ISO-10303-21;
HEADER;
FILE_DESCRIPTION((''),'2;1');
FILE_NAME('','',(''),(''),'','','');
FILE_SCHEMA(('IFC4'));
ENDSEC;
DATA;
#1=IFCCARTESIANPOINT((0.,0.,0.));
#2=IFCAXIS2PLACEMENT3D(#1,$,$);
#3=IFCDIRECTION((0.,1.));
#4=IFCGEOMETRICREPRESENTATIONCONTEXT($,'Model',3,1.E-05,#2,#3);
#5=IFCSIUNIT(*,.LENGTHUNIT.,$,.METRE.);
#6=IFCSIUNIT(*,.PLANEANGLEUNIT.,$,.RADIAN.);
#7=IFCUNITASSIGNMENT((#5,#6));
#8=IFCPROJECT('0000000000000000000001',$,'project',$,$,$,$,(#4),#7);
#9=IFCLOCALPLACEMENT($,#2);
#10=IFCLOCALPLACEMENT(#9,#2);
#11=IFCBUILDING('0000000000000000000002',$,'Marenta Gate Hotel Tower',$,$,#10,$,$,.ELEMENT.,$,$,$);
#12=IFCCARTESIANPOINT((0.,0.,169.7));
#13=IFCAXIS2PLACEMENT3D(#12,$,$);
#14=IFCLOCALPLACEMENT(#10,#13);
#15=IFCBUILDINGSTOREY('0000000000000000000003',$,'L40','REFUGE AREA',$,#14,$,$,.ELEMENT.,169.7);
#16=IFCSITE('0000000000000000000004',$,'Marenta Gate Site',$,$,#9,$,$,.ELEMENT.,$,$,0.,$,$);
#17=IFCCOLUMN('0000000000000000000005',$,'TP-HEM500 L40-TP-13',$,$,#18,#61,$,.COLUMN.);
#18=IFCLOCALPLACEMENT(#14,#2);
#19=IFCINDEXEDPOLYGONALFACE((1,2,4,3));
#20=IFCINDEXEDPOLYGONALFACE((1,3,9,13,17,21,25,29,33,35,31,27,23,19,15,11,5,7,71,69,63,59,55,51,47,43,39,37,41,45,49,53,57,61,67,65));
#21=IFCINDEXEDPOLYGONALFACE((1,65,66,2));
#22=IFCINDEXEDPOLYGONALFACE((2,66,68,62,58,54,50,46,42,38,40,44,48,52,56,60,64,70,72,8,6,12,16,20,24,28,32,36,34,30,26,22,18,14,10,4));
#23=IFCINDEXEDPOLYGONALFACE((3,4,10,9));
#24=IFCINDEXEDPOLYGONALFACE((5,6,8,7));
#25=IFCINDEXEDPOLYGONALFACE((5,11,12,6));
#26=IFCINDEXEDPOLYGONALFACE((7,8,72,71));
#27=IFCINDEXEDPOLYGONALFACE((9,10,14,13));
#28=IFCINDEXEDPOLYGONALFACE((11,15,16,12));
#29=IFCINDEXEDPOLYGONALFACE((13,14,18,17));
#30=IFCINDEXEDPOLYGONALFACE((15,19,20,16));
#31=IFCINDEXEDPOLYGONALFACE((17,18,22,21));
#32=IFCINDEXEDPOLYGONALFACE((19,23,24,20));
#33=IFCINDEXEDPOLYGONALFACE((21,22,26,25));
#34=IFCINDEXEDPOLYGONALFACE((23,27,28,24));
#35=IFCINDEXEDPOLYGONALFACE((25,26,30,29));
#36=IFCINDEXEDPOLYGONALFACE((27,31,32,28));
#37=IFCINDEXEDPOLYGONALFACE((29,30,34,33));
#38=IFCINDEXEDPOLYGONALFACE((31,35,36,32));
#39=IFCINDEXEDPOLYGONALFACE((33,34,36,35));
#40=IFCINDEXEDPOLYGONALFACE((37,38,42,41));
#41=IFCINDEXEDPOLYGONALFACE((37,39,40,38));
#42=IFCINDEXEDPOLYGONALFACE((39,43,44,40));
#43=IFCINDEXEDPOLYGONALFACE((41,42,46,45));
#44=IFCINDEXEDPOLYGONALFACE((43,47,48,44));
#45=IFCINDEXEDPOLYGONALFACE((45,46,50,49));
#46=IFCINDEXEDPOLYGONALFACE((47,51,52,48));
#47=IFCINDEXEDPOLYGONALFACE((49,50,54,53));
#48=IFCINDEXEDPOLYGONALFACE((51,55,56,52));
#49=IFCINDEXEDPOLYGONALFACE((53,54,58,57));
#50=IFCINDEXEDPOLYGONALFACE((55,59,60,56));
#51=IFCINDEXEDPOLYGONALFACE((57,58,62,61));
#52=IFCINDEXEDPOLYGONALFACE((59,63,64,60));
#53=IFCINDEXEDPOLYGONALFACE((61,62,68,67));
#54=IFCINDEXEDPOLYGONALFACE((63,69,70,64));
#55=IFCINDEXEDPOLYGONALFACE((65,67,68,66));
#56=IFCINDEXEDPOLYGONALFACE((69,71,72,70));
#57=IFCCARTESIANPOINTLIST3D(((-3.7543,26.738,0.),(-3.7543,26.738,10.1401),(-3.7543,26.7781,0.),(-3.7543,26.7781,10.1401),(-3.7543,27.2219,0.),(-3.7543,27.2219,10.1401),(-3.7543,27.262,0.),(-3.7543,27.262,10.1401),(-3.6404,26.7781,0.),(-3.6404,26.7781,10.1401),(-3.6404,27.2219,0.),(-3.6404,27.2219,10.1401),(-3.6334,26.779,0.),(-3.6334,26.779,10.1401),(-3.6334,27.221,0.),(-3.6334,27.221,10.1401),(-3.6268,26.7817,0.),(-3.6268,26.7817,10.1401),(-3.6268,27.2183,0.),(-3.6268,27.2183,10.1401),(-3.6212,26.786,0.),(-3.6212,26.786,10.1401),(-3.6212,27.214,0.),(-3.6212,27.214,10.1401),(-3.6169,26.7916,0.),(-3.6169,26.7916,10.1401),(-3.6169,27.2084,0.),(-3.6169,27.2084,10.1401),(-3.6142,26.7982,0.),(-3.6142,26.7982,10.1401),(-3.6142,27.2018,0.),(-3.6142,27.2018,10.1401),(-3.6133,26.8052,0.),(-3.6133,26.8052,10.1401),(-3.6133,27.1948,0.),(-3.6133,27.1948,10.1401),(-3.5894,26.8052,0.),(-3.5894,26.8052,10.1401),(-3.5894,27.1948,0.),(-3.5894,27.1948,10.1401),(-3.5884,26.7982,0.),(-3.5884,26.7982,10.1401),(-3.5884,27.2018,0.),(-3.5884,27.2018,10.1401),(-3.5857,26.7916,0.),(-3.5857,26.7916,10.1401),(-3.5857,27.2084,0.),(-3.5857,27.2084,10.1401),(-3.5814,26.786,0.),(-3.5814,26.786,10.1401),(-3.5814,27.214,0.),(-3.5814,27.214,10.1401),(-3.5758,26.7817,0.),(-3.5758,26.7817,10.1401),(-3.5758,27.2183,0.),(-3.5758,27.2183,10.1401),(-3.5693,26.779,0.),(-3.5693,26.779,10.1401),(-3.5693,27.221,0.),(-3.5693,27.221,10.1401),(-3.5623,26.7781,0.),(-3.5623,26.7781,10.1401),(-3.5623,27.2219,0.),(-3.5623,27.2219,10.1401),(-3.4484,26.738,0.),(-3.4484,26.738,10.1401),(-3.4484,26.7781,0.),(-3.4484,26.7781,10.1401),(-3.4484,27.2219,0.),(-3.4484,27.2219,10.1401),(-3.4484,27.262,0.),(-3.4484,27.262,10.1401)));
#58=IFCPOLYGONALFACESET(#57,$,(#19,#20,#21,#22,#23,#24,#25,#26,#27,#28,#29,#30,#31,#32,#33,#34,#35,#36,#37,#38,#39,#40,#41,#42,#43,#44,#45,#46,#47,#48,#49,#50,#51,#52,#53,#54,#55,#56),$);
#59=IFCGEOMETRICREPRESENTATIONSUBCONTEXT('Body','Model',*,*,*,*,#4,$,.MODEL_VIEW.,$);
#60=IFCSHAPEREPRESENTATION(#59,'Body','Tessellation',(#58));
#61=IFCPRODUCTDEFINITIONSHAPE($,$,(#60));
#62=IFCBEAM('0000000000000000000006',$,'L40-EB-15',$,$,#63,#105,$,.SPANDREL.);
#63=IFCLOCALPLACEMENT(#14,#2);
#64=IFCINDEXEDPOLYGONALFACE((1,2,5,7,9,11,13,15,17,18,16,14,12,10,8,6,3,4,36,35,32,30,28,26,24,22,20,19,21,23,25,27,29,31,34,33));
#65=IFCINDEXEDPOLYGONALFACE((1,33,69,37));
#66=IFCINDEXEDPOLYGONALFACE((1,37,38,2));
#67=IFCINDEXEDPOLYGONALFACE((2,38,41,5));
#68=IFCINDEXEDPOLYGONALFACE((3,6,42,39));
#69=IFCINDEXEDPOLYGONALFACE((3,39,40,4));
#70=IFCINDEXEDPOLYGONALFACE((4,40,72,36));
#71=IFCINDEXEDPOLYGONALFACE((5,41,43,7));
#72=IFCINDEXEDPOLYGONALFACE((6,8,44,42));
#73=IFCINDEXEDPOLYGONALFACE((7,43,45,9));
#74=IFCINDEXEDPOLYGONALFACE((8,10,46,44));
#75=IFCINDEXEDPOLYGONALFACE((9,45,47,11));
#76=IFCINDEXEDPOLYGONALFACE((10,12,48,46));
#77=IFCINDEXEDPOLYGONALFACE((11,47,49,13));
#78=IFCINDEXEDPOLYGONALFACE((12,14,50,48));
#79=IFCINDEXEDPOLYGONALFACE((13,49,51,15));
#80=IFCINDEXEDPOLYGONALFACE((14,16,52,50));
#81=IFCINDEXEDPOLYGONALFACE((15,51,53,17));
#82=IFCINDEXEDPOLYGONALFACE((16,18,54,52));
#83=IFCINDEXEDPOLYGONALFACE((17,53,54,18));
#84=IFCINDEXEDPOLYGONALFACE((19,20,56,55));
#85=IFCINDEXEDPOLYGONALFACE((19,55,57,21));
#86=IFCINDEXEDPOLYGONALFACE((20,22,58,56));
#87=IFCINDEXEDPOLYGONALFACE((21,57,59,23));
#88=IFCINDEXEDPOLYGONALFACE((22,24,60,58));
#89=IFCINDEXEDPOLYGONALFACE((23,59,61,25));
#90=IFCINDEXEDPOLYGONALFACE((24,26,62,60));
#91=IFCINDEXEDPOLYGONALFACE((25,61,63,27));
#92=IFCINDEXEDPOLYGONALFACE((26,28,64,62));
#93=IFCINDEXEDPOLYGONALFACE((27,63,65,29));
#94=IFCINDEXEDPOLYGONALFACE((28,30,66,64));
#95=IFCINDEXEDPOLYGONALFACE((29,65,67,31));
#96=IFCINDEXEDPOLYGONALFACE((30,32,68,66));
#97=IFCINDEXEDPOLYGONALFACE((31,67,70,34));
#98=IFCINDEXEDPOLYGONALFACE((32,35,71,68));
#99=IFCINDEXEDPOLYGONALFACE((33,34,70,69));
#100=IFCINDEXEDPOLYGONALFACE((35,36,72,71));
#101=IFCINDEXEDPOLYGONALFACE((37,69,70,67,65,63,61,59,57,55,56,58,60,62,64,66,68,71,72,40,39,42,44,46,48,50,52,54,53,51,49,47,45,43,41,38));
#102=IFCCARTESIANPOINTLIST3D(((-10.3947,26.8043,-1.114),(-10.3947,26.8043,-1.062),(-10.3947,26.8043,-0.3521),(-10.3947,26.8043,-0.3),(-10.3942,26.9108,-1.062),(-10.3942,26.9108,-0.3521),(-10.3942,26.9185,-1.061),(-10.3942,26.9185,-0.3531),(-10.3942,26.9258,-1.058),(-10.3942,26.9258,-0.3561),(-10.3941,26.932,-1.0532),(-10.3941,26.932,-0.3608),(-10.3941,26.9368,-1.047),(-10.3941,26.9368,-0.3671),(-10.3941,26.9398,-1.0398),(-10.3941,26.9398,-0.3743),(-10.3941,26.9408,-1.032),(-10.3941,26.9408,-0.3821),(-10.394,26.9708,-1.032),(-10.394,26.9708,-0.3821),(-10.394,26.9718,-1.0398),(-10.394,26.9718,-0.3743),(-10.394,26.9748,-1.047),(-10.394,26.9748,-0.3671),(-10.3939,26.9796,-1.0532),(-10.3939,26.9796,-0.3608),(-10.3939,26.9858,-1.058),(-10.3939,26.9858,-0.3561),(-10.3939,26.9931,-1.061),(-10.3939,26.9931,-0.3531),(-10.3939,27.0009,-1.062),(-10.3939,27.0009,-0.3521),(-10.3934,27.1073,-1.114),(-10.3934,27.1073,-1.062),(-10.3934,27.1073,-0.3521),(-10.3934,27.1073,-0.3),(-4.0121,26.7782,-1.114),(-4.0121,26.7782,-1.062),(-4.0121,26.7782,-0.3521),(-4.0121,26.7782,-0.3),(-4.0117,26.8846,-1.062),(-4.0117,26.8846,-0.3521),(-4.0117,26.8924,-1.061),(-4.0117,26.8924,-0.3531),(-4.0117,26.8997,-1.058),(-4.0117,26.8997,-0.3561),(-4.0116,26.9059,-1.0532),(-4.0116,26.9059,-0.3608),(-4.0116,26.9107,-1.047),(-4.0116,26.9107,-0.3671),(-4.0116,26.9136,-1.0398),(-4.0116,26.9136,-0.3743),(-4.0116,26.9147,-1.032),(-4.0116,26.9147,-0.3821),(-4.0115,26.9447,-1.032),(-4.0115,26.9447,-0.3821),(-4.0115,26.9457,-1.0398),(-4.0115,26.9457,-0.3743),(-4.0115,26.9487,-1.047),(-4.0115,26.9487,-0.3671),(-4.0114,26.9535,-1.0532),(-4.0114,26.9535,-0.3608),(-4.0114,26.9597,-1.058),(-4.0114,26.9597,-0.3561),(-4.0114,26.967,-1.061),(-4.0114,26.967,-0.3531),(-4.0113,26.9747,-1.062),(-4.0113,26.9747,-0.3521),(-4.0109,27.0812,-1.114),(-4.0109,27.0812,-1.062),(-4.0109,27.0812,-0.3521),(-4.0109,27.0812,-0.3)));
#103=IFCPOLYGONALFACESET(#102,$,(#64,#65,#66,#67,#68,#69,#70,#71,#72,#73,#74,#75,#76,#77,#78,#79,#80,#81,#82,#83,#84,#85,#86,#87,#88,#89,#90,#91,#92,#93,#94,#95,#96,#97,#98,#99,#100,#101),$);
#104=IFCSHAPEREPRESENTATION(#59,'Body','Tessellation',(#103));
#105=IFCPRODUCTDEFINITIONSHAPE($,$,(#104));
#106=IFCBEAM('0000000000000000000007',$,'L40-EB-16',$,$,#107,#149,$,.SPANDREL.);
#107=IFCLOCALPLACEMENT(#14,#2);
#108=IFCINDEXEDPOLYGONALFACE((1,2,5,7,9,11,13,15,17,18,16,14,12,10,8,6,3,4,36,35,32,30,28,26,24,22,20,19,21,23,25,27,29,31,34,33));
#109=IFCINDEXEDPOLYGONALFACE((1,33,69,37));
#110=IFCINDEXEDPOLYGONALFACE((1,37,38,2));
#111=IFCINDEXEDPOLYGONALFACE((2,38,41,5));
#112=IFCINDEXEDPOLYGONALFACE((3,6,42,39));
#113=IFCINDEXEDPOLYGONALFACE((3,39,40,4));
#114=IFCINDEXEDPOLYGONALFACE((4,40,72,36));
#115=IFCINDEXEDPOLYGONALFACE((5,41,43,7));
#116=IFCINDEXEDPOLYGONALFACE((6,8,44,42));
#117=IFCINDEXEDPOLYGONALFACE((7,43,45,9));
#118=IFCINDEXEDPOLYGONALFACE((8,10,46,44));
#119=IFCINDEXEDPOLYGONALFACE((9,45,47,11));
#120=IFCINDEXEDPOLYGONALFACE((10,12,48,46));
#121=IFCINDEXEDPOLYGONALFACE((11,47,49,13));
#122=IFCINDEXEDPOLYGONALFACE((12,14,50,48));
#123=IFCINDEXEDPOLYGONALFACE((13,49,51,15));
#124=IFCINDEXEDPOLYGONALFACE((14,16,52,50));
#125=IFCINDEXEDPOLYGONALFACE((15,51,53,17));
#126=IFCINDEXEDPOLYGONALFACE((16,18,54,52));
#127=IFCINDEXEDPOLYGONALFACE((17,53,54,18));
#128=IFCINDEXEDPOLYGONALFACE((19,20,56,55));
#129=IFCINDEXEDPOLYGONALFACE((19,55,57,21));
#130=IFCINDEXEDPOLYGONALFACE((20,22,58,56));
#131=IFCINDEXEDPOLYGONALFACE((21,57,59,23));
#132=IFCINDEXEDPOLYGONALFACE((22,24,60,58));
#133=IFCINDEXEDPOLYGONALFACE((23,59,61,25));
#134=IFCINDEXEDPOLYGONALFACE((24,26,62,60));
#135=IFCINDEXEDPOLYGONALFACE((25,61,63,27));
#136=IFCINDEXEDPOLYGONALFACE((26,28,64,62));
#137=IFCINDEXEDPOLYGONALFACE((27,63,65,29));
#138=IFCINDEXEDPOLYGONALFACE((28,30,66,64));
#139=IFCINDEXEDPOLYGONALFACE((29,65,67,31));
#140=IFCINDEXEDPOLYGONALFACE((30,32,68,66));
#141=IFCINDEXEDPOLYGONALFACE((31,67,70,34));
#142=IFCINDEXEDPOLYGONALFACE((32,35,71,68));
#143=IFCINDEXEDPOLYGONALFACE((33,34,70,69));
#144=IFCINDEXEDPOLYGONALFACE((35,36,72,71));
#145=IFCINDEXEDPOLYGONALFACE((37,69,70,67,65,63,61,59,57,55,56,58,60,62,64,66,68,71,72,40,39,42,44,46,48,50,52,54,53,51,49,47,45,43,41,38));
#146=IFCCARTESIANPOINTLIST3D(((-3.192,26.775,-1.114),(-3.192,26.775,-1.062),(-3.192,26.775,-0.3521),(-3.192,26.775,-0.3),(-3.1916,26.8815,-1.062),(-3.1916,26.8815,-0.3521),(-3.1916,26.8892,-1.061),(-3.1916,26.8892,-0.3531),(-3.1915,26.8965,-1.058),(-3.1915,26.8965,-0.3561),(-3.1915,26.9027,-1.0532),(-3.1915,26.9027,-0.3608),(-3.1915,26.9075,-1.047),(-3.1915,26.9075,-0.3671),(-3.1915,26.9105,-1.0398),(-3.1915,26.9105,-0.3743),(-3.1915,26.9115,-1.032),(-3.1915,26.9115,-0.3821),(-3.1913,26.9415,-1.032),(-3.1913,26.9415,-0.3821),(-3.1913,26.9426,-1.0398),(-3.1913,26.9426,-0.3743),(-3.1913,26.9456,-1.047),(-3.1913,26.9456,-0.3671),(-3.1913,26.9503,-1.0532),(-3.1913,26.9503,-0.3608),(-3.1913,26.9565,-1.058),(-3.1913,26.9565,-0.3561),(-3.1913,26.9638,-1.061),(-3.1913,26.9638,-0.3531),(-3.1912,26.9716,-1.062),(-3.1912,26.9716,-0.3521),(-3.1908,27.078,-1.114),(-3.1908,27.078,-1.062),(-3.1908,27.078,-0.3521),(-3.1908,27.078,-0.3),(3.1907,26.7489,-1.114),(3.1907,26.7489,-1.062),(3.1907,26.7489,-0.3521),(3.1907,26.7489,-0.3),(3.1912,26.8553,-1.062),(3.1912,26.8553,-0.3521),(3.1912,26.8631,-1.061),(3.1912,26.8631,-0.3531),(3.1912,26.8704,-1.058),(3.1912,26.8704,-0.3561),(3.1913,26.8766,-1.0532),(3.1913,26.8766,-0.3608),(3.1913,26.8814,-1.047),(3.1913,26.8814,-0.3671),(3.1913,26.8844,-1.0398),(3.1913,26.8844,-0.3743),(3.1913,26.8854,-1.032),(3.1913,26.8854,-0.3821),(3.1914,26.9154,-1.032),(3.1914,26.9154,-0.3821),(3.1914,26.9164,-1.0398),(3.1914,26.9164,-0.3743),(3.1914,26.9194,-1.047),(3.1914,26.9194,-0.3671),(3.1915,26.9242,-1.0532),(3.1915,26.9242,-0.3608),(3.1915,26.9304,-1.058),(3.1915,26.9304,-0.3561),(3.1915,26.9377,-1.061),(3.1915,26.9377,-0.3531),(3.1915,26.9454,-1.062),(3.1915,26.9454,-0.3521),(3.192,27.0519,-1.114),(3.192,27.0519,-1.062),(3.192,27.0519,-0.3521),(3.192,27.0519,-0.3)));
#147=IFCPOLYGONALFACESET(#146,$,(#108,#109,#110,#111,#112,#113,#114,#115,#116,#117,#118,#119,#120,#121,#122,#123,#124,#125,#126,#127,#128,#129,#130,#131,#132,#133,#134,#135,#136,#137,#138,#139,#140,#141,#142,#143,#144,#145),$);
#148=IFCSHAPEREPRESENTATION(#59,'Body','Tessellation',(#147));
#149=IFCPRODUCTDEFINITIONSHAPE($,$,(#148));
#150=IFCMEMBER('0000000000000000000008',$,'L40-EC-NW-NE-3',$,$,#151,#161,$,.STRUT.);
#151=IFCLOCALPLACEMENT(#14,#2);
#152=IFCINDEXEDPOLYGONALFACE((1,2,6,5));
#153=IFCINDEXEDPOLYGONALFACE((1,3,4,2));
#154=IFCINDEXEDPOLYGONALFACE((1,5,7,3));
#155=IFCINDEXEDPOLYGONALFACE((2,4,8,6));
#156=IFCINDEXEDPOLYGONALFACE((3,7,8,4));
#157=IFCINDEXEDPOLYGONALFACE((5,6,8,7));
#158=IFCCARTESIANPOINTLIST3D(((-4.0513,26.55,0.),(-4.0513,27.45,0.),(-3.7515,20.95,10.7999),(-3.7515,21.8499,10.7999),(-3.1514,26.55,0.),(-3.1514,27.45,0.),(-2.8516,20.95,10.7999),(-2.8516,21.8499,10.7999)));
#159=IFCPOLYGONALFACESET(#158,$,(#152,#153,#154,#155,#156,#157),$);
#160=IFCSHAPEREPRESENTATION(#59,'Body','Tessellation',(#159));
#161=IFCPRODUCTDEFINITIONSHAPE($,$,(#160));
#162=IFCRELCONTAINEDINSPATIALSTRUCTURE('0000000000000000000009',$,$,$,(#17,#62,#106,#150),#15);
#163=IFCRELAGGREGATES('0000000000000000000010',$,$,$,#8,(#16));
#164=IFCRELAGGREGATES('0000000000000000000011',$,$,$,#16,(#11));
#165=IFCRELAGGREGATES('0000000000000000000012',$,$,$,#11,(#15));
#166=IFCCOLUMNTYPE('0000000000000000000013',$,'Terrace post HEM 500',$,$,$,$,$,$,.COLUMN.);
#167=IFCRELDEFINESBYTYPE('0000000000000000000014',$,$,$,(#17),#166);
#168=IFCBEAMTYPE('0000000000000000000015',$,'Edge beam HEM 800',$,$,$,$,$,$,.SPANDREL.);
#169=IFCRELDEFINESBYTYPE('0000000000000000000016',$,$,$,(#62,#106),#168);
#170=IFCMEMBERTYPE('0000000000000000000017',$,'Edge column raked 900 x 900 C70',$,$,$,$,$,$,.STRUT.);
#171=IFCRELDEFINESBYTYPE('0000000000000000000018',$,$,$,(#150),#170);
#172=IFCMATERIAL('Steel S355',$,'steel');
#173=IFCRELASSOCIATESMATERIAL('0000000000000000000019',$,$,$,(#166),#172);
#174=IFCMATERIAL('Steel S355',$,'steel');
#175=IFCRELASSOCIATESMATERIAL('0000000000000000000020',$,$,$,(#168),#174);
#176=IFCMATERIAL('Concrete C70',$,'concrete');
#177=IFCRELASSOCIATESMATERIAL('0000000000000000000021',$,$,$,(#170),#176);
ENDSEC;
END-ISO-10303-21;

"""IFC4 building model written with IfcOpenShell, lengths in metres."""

from ifc_helpers import new_model, si_unit, direction, frame, origin, origin_2d, place, context, subcontext, project, spatial, rectangle, i_section, extrude, material, material_profile, profile_set, type_object, element, save


model = new_model("IFC4")

# Units and contexts
model_context = context("Model", 3, precision=1e-05, world=origin(), true_north=direction((0.0, 1.0)))
body_context = subcontext(model_context, "Body", "Model", "MODEL_VIEW")
ifc_project = project(units=[si_unit("LENGTHUNIT", "METRE"), si_unit("PLANEANGLEUNIT", "RADIAN")], contexts=[model_context])

# Site, building, storey
site_placement = place(None, origin())
site = spatial("IfcSite", under=ifc_project, at=site_placement, Name="Marenta Gate Site", CompositionType="ELEMENT", RefElevation=0.0)
building_placement = place(site_placement, origin())
building = spatial("IfcBuilding", under=site, at=building_placement, Name="Marenta Gate Hotel Tower", CompositionType="ELEMENT")
storey_placement = place(building_placement, frame((0.0, 0.0, 169.7)))
storey = spatial("IfcBuildingStorey", under=building, at=storey_placement, Name="L40", Description="REFUGE AREA", CompositionType="ELEMENT", Elevation=169.7)

# Column
ifc_material_1 = material(Name="Steel S355", Category="steel")
ifc_material_profile_1 = material_profile(ifc_material_1, i_section(OverallWidth=0.3059, OverallDepth=0.5239, WebThickness=0.0239, FlangeThickness=0.04, FilletRadius=0.0271, at=origin_2d()), Name="HEM 500")
ifc_profile_set_1 = profile_set([ifc_material_profile_1], Name="Steel S355")
column_type = type_object("IfcColumnType", Name="Terrace post HEM 500", PredefinedType="COLUMN", material=ifc_profile_set_1)
column_placement = place(storey_placement, frame((-3.6013, 27.0, 0.0), z_axis=(0.0, 0.0, 1.0), x_axis=(1.0, 0.0, 0.0)))
element("IfcColumn", 1, at=column_placement, inside=storey, type_object=column_type, Name="TP-HEM500 L40-TP-13", PredefinedType="COLUMN", context=body_context, shape_type="SweptSolid", body=[
    extrude(i_section(OverallWidth=0.3059, OverallDepth=0.5239, WebThickness=0.0239, FlangeThickness=0.04, FilletRadius=0.0271, at=origin_2d()), origin(), (0.0, 0.0, 1.0), 10.1401),
])

# Beams
ifc_material_2 = material(Name="Steel S355", Category="steel")
ifc_material_profile_2 = material_profile(ifc_material_2, i_section(OverallWidth=0.303, OverallDepth=0.814, WebThickness=0.03, FlangeThickness=0.052, FilletRadius=0.03, at=origin_2d()), Name="HEM 800")
ifc_profile_set_2 = profile_set([ifc_material_profile_2], Name="Steel S355")
beam_type_1 = type_object("IfcBeamType", Name="Edge beam HEM 800", PredefinedType="SPANDREL", material=ifc_profile_set_2)
beam_1_placement = place(storey_placement, frame((-10.394, 26.9558, -0.707), z_axis=(0.999992, -0.004093, 0.0), x_axis=(0.004093, 0.999992, 0.0)))
element("IfcBeam", 2, at=beam_1_placement, inside=storey, type_object=beam_type_1, Name="L40-EB-15", PredefinedType="SPANDREL", context=body_context, shape_type="SweptSolid", body=[
    extrude(i_section(OverallWidth=0.303, OverallDepth=0.814, WebThickness=0.03, FlangeThickness=0.052, FilletRadius=0.03, at=origin_2d()), origin(), (0.0, 0.0, 1.0), 6.3826),
])
beam_2_placement = place(storey_placement, frame((-3.1914, 26.9265, -0.707), z_axis=(0.999992, -0.004093, 0.0), x_axis=(0.004093, 0.999992, 0.0)))
element("IfcBeam", 3, at=beam_2_placement, inside=storey, type_object=beam_type_1, Name="L40-EB-16", PredefinedType="SPANDREL", context=body_context, shape_type="SweptSolid", body=[
    extrude(i_section(OverallWidth=0.303, OverallDepth=0.814, WebThickness=0.03, FlangeThickness=0.052, FilletRadius=0.03, at=origin_2d()), origin(), (0.0, 0.0, 1.0), 6.3828),
])

# Member
ifc_material_3 = material(Name="Concrete C70", Category="concrete")
ifc_material_profile_3 = material_profile(ifc_material_3, rectangle(XDim=0.8999, YDim=0.8999, at=origin_2d()), Name="900 x 900")
ifc_profile_set_3 = profile_set([ifc_material_profile_3], Name="Concrete C70")
member_type = type_object("IfcMemberType", Name="Edge column raked 900 x 900 C70", PredefinedType="STRUT", material=ifc_profile_set_3)
member_placement = place(storey_placement, frame((-3.6013, 27.0, 0.0), z_axis=(0.0, 0.0, 1.0), x_axis=(1.0, 0.0, 0.0)))
element("IfcMember", 4, at=member_placement, inside=storey, type_object=member_type, Name="L40-EC-NW-NE-3", PredefinedType="STRUT", context=body_context, shape_type="SweptSolid", body=[
    extrude(rectangle(XDim=0.8999, YDim=0.8999, at=origin_2d()), origin(), (0.024636, -0.460182, 0.887483), 12.1692),
])

save(model, "model.ifc")
